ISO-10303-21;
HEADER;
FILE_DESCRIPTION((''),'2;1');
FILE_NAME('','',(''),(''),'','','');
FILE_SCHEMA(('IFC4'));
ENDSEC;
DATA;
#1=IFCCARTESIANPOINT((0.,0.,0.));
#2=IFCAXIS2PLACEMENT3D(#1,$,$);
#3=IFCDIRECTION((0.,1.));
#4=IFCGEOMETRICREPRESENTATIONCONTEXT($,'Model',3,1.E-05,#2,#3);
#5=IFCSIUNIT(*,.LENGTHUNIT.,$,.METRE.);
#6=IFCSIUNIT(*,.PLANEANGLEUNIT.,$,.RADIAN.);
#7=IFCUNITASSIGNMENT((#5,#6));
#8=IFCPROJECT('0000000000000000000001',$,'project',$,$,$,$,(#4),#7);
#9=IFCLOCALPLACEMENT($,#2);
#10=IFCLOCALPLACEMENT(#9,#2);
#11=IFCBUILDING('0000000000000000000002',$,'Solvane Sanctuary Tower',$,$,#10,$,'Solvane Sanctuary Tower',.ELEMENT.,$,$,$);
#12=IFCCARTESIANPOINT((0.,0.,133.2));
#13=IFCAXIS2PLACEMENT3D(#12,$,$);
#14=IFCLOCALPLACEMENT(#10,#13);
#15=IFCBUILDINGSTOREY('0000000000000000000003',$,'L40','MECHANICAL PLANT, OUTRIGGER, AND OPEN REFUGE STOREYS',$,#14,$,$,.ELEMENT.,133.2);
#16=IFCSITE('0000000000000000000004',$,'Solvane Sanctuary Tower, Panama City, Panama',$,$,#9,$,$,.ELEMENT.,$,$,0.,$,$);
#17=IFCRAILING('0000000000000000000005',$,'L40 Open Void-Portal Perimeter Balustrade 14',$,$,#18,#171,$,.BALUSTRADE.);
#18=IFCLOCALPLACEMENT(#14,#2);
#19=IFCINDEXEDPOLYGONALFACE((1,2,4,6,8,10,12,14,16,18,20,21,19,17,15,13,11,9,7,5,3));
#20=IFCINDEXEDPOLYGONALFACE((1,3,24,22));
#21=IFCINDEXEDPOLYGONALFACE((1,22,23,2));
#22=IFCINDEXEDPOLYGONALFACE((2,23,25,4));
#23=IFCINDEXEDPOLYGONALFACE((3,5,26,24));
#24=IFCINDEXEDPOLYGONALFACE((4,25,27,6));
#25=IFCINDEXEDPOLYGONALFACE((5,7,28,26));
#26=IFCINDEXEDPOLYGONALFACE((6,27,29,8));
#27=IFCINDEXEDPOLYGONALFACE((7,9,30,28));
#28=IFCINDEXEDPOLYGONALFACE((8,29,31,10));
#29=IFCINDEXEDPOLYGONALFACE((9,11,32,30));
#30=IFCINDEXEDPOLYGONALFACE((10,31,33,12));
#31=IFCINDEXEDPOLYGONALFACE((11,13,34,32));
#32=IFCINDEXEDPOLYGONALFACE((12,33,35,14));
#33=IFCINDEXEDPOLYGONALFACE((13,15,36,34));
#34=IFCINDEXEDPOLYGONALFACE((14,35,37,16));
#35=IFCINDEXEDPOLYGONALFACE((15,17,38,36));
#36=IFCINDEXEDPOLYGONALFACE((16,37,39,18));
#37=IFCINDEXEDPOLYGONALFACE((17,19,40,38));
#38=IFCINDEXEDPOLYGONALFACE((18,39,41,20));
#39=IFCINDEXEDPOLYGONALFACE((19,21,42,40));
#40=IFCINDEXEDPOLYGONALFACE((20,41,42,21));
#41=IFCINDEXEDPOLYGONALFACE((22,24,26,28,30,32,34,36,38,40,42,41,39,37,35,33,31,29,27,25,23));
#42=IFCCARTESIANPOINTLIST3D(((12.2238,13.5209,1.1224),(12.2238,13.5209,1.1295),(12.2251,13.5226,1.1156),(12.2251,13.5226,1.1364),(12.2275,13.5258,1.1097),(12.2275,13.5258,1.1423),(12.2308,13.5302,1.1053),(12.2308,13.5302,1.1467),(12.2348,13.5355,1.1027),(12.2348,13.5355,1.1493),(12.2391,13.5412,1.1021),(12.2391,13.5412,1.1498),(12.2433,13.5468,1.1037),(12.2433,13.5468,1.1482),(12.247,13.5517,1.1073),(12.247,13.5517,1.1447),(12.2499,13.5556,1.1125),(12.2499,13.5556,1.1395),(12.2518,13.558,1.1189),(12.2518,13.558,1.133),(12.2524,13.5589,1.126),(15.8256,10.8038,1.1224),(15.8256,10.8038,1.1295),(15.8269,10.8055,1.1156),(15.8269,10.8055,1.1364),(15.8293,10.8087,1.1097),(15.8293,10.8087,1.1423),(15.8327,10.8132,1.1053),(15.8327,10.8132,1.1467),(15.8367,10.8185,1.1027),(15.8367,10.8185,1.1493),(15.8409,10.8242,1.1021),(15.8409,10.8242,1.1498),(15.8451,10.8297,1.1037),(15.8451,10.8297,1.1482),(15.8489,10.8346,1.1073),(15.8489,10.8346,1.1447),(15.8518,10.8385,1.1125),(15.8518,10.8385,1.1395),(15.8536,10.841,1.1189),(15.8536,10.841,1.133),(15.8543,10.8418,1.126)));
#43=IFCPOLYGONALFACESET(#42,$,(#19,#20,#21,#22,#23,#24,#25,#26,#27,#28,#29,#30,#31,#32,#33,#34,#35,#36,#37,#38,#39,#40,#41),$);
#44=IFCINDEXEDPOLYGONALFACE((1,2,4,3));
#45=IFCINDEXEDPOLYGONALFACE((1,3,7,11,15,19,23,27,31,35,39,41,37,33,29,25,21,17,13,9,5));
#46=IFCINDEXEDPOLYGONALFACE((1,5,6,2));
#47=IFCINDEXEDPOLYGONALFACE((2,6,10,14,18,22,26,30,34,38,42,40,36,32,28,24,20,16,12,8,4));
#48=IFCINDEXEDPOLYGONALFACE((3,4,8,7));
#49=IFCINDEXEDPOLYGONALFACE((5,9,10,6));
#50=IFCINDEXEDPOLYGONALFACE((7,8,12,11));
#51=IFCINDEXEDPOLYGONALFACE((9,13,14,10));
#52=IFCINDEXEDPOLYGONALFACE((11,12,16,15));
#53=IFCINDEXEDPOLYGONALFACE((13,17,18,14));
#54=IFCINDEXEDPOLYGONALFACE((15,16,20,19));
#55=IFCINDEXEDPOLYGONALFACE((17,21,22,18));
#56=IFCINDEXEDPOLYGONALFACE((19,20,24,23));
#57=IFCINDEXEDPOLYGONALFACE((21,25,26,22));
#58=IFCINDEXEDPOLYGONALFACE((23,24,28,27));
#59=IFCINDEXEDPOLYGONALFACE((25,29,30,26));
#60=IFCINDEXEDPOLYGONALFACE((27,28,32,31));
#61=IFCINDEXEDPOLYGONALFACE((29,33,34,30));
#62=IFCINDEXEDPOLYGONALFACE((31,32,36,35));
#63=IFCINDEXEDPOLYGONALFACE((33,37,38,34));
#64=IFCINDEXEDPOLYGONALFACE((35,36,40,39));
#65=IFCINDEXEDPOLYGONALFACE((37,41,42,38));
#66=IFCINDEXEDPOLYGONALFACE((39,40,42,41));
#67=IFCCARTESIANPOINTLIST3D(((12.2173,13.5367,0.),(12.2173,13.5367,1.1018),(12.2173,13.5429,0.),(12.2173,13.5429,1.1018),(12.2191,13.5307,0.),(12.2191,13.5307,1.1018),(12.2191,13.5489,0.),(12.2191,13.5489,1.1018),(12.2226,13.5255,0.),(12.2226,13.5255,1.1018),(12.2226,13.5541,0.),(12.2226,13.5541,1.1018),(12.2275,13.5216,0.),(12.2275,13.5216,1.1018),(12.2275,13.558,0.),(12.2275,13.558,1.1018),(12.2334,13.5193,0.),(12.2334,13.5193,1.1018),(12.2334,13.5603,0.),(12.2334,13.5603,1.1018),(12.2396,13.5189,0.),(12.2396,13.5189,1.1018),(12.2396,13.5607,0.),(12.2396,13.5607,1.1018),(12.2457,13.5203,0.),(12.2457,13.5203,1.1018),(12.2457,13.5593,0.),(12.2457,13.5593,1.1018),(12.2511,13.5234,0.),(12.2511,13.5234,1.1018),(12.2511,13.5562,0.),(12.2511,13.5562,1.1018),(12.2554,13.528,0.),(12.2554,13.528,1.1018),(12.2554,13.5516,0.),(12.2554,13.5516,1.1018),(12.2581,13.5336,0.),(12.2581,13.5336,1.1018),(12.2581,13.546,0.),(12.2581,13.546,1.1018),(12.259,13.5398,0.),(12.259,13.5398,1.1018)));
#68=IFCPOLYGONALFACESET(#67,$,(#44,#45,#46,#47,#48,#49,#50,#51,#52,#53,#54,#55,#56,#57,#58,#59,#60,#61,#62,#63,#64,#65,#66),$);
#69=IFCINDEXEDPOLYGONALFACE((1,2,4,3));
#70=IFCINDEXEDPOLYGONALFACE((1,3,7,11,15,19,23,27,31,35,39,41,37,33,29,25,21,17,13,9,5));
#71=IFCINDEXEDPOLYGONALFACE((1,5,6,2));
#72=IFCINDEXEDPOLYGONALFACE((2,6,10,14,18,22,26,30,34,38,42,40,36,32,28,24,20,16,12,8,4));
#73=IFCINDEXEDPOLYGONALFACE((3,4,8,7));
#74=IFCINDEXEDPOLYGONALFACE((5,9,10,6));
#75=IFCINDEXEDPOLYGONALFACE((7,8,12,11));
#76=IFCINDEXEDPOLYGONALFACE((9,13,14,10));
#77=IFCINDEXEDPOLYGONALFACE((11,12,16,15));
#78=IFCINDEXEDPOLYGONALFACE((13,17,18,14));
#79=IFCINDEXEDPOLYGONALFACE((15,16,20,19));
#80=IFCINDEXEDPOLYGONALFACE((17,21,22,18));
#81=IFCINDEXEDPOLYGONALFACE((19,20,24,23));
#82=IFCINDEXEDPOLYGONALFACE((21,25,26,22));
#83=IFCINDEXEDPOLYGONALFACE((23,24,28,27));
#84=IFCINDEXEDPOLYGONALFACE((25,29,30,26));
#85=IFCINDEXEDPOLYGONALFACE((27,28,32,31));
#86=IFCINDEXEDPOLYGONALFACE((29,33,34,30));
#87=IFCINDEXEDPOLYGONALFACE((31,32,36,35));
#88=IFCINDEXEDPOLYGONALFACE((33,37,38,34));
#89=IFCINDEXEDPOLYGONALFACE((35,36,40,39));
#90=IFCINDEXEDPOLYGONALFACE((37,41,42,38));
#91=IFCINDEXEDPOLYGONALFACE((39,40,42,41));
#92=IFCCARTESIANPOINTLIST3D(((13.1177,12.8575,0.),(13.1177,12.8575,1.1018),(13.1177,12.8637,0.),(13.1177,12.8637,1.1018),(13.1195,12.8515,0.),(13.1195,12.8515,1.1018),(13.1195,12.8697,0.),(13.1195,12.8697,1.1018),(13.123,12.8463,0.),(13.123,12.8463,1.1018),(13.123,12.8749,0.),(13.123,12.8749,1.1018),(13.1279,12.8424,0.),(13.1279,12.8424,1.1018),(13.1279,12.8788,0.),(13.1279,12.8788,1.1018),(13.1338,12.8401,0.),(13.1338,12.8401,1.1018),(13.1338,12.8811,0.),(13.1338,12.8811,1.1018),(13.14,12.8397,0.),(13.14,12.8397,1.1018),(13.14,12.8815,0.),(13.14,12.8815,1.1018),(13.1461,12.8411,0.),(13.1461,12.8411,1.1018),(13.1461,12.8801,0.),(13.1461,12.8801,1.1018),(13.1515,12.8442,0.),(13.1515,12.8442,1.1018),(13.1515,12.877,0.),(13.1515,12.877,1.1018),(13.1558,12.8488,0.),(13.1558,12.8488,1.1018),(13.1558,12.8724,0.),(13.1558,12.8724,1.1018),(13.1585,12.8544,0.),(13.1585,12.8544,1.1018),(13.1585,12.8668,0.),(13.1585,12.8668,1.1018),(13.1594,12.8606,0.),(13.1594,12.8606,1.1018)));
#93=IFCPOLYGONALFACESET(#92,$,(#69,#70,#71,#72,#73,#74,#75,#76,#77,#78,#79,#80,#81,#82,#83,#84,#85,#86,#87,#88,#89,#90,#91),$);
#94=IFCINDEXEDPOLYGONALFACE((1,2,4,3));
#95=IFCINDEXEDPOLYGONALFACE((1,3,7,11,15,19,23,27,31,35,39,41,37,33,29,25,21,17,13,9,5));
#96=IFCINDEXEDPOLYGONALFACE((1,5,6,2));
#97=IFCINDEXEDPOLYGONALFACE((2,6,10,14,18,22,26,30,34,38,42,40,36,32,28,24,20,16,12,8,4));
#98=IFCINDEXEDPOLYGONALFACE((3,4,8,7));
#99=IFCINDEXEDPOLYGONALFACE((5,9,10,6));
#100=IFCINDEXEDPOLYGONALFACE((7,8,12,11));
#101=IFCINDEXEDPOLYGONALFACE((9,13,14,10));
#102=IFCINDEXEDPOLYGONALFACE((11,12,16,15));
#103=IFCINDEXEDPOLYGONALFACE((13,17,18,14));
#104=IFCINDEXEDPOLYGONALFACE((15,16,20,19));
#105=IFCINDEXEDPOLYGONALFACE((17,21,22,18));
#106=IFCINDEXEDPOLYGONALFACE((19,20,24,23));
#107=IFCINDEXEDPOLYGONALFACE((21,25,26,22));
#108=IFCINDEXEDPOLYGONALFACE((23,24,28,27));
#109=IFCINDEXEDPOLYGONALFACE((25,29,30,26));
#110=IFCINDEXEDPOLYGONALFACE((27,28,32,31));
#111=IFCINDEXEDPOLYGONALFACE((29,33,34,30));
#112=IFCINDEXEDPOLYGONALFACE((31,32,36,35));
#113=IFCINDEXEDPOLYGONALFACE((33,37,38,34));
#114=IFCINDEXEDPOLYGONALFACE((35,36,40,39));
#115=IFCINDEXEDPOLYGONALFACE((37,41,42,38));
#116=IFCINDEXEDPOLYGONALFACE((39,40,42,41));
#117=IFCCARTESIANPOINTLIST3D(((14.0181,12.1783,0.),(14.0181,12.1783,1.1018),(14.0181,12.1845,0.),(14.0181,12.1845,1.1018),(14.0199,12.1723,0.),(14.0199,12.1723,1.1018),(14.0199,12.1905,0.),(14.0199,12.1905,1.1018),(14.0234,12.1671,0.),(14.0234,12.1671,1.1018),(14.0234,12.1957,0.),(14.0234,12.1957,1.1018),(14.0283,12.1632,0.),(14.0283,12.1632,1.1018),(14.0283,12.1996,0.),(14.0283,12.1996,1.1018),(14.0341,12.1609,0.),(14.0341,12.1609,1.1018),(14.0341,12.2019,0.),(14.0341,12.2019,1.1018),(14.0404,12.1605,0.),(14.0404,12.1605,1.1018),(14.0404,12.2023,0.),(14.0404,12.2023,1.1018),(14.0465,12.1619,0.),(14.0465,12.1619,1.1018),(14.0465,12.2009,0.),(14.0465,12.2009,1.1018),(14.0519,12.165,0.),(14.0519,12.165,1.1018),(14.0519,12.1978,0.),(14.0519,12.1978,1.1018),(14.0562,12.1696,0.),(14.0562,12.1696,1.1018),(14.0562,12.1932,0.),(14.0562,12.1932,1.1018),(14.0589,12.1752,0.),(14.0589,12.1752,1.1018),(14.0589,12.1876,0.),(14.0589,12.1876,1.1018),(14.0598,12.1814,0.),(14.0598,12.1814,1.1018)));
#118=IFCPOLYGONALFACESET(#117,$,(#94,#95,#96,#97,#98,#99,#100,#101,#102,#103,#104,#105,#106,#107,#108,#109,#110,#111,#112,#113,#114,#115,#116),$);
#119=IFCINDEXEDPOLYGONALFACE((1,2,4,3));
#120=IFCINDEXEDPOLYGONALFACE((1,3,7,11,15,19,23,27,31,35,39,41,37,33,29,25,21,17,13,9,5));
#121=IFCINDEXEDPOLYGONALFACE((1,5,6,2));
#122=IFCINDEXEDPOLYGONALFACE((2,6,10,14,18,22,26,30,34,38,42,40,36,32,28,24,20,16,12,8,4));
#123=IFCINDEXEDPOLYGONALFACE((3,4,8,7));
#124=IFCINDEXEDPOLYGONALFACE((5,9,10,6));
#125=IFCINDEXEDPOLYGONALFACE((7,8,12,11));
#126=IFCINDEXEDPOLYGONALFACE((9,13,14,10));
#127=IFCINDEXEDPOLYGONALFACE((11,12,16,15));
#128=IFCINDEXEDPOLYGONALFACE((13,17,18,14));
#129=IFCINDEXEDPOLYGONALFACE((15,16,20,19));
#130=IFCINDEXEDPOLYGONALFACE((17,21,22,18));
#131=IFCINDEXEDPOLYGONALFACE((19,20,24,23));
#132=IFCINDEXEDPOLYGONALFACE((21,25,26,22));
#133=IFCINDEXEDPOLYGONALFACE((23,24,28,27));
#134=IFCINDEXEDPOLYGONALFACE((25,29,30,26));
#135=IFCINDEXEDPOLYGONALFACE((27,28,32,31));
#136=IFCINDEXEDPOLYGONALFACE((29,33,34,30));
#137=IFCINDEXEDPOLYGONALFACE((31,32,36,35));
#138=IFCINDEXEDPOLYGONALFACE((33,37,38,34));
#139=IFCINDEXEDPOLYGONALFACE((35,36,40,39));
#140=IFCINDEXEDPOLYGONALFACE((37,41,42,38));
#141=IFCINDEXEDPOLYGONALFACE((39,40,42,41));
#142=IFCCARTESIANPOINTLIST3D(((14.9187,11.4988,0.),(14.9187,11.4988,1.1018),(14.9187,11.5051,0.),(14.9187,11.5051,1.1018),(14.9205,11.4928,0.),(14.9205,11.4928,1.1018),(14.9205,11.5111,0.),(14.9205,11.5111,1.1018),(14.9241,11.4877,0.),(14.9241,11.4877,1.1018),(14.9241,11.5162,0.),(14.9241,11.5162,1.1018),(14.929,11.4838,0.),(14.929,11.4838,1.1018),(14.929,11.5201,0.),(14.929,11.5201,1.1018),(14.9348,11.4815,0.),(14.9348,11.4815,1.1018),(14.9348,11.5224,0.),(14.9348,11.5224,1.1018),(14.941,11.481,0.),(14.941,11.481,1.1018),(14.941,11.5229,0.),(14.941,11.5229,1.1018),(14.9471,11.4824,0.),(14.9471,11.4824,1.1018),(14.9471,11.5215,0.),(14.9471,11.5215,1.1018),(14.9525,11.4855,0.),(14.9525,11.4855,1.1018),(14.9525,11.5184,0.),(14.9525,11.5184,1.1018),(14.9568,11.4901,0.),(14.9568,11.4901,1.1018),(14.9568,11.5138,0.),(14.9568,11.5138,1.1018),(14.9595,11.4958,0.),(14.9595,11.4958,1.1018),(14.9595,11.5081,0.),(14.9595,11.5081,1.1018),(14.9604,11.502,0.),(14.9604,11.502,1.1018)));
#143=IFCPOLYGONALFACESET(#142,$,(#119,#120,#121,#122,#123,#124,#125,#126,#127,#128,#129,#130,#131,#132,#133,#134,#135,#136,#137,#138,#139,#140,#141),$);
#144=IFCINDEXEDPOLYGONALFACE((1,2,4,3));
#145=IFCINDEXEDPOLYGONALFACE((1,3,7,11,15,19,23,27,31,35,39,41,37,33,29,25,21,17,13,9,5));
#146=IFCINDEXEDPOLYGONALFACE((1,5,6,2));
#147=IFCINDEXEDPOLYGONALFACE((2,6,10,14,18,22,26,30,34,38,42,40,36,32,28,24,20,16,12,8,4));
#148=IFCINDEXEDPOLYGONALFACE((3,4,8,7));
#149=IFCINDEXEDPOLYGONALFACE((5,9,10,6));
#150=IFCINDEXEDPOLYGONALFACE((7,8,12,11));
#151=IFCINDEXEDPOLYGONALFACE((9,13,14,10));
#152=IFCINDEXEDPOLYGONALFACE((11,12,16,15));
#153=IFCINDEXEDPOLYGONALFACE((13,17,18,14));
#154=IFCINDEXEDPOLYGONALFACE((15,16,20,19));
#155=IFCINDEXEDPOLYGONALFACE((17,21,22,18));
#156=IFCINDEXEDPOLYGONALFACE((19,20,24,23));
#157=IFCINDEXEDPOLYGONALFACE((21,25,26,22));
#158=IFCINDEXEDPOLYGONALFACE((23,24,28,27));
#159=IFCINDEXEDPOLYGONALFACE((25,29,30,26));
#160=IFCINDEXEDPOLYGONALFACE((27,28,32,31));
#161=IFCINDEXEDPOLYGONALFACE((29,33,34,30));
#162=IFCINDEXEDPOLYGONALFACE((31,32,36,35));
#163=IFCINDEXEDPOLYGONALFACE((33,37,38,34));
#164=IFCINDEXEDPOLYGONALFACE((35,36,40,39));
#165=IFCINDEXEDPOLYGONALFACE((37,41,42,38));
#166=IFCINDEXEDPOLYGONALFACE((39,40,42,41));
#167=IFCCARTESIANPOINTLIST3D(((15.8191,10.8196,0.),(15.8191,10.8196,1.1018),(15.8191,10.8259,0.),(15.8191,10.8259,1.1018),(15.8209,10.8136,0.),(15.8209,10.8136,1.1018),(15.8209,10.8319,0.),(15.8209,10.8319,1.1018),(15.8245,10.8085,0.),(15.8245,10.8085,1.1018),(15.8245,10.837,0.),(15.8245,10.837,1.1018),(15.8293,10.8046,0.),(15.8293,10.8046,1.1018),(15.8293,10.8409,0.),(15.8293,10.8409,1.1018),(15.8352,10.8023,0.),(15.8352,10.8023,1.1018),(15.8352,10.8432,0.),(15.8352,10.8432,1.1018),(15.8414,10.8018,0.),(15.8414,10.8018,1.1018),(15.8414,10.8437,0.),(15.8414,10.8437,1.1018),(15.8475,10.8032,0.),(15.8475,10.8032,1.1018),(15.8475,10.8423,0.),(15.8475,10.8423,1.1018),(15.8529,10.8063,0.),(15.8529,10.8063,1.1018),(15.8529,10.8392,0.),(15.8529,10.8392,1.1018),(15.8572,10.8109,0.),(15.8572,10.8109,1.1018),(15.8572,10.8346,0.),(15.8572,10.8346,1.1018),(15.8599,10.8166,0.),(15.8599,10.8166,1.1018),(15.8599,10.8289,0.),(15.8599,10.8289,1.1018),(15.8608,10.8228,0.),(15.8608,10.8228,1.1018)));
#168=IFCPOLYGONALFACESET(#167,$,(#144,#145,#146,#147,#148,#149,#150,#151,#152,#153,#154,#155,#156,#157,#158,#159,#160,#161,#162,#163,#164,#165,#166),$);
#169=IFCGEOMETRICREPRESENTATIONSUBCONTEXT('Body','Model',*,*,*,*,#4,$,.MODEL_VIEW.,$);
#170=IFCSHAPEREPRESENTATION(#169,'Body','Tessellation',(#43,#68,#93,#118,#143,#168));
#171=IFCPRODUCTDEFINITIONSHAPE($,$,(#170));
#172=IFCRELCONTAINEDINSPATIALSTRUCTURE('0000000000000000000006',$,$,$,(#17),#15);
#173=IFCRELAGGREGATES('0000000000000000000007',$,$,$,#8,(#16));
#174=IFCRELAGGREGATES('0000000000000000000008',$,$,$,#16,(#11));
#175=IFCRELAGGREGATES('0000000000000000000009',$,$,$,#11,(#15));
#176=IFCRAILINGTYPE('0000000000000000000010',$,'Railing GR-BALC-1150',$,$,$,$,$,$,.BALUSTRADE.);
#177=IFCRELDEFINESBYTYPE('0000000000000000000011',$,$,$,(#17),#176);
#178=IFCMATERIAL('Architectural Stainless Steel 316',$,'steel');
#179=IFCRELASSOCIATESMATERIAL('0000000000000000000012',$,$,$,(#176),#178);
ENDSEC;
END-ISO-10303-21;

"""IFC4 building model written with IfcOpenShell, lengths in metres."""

from ifc_helpers import new_model, si_unit, direction, frame, origin, origin_2d, place, context, subcontext, project, spatial, circle, extrude, material, type_object, element, save


model = new_model("IFC4")

# Units and contexts
model_context = context("Model", 3, precision=1e-05, world=origin(), true_north=direction((0.0, 1.0)))
body_context = subcontext(model_context, "Body", "Model", "MODEL_VIEW")
ifc_project = project(units=[si_unit("LENGTHUNIT", "METRE"), si_unit("PLANEANGLEUNIT", "RADIAN")], contexts=[model_context])

# Site, building, storey
site_placement = place(None, origin())
site = spatial("IfcSite", under=ifc_project, at=site_placement, Name="Solvane Sanctuary Tower, Panama City, Panama", CompositionType="ELEMENT", RefElevation=0.0)
building_placement = place(site_placement, origin())
building = spatial("IfcBuilding", under=site, at=building_placement, Name="Solvane Sanctuary Tower", LongName="Solvane Sanctuary Tower", CompositionType="ELEMENT")
storey_placement = place(building_placement, frame((0.0, 0.0, 133.2)))
storey = spatial("IfcBuildingStorey", under=building, at=storey_placement, Name="L40", Description="MECHANICAL PLANT, OUTRIGGER, AND OPEN REFUGE STOREYS", CompositionType="ELEMENT", Elevation=133.2)

# Shared definitions
ifc_material_1 = material(Name="Architectural Stainless Steel 316", Category="steel")

# Railing
railing_type_1 = type_object("IfcRailingType", Name="Railing GR-BALC-1150", PredefinedType="BALUSTRADE", material=ifc_material_1)
railing_1_placement = place(storey_placement, frame((12.238, 13.5398, 0.0)))
element("IfcRailing", 1, at=railing_1_placement, inside=storey, type_object=railing_type_1, Name="L40 Open Void-Portal Perimeter Balustrade 14", PredefinedType="BALUSTRADE", context=body_context, shape_type="SweptSolid", body=[
    extrude(circle(Radius=0.0239, at=origin_2d()), frame((0.0, 0.0, 1.126), z_axis=(0.798328, -0.602223, 0.0), x_axis=(0.602223, 0.798328, 0.0)), (0.0, 0.0, 1.0), 4.5117),
    extrude(circle(Radius=0.021, at=origin_2d()), origin(), (0.0, 0.0, 1.0), 1.1018),
    extrude(circle(Radius=0.021, at=origin_2d()), frame((0.9004, -0.6792, 0.0)), (0.0, 0.0, 1.0), 1.1018),
    extrude(circle(Radius=0.021, at=origin_2d()), frame((1.8008, -1.3584, 0.0)), (0.0, 0.0, 1.0), 1.1018),
    extrude(circle(Radius=0.021, at=origin_2d()), frame((2.7014, -2.0378, 0.0)), (0.0, 0.0, 1.0), 1.1018),
    extrude(circle(Radius=0.021, at=origin_2d()), frame((3.6018, -2.717, 0.0)), (0.0, 0.0, 1.0), 1.1018),
])

save(model, "model.ifc")
